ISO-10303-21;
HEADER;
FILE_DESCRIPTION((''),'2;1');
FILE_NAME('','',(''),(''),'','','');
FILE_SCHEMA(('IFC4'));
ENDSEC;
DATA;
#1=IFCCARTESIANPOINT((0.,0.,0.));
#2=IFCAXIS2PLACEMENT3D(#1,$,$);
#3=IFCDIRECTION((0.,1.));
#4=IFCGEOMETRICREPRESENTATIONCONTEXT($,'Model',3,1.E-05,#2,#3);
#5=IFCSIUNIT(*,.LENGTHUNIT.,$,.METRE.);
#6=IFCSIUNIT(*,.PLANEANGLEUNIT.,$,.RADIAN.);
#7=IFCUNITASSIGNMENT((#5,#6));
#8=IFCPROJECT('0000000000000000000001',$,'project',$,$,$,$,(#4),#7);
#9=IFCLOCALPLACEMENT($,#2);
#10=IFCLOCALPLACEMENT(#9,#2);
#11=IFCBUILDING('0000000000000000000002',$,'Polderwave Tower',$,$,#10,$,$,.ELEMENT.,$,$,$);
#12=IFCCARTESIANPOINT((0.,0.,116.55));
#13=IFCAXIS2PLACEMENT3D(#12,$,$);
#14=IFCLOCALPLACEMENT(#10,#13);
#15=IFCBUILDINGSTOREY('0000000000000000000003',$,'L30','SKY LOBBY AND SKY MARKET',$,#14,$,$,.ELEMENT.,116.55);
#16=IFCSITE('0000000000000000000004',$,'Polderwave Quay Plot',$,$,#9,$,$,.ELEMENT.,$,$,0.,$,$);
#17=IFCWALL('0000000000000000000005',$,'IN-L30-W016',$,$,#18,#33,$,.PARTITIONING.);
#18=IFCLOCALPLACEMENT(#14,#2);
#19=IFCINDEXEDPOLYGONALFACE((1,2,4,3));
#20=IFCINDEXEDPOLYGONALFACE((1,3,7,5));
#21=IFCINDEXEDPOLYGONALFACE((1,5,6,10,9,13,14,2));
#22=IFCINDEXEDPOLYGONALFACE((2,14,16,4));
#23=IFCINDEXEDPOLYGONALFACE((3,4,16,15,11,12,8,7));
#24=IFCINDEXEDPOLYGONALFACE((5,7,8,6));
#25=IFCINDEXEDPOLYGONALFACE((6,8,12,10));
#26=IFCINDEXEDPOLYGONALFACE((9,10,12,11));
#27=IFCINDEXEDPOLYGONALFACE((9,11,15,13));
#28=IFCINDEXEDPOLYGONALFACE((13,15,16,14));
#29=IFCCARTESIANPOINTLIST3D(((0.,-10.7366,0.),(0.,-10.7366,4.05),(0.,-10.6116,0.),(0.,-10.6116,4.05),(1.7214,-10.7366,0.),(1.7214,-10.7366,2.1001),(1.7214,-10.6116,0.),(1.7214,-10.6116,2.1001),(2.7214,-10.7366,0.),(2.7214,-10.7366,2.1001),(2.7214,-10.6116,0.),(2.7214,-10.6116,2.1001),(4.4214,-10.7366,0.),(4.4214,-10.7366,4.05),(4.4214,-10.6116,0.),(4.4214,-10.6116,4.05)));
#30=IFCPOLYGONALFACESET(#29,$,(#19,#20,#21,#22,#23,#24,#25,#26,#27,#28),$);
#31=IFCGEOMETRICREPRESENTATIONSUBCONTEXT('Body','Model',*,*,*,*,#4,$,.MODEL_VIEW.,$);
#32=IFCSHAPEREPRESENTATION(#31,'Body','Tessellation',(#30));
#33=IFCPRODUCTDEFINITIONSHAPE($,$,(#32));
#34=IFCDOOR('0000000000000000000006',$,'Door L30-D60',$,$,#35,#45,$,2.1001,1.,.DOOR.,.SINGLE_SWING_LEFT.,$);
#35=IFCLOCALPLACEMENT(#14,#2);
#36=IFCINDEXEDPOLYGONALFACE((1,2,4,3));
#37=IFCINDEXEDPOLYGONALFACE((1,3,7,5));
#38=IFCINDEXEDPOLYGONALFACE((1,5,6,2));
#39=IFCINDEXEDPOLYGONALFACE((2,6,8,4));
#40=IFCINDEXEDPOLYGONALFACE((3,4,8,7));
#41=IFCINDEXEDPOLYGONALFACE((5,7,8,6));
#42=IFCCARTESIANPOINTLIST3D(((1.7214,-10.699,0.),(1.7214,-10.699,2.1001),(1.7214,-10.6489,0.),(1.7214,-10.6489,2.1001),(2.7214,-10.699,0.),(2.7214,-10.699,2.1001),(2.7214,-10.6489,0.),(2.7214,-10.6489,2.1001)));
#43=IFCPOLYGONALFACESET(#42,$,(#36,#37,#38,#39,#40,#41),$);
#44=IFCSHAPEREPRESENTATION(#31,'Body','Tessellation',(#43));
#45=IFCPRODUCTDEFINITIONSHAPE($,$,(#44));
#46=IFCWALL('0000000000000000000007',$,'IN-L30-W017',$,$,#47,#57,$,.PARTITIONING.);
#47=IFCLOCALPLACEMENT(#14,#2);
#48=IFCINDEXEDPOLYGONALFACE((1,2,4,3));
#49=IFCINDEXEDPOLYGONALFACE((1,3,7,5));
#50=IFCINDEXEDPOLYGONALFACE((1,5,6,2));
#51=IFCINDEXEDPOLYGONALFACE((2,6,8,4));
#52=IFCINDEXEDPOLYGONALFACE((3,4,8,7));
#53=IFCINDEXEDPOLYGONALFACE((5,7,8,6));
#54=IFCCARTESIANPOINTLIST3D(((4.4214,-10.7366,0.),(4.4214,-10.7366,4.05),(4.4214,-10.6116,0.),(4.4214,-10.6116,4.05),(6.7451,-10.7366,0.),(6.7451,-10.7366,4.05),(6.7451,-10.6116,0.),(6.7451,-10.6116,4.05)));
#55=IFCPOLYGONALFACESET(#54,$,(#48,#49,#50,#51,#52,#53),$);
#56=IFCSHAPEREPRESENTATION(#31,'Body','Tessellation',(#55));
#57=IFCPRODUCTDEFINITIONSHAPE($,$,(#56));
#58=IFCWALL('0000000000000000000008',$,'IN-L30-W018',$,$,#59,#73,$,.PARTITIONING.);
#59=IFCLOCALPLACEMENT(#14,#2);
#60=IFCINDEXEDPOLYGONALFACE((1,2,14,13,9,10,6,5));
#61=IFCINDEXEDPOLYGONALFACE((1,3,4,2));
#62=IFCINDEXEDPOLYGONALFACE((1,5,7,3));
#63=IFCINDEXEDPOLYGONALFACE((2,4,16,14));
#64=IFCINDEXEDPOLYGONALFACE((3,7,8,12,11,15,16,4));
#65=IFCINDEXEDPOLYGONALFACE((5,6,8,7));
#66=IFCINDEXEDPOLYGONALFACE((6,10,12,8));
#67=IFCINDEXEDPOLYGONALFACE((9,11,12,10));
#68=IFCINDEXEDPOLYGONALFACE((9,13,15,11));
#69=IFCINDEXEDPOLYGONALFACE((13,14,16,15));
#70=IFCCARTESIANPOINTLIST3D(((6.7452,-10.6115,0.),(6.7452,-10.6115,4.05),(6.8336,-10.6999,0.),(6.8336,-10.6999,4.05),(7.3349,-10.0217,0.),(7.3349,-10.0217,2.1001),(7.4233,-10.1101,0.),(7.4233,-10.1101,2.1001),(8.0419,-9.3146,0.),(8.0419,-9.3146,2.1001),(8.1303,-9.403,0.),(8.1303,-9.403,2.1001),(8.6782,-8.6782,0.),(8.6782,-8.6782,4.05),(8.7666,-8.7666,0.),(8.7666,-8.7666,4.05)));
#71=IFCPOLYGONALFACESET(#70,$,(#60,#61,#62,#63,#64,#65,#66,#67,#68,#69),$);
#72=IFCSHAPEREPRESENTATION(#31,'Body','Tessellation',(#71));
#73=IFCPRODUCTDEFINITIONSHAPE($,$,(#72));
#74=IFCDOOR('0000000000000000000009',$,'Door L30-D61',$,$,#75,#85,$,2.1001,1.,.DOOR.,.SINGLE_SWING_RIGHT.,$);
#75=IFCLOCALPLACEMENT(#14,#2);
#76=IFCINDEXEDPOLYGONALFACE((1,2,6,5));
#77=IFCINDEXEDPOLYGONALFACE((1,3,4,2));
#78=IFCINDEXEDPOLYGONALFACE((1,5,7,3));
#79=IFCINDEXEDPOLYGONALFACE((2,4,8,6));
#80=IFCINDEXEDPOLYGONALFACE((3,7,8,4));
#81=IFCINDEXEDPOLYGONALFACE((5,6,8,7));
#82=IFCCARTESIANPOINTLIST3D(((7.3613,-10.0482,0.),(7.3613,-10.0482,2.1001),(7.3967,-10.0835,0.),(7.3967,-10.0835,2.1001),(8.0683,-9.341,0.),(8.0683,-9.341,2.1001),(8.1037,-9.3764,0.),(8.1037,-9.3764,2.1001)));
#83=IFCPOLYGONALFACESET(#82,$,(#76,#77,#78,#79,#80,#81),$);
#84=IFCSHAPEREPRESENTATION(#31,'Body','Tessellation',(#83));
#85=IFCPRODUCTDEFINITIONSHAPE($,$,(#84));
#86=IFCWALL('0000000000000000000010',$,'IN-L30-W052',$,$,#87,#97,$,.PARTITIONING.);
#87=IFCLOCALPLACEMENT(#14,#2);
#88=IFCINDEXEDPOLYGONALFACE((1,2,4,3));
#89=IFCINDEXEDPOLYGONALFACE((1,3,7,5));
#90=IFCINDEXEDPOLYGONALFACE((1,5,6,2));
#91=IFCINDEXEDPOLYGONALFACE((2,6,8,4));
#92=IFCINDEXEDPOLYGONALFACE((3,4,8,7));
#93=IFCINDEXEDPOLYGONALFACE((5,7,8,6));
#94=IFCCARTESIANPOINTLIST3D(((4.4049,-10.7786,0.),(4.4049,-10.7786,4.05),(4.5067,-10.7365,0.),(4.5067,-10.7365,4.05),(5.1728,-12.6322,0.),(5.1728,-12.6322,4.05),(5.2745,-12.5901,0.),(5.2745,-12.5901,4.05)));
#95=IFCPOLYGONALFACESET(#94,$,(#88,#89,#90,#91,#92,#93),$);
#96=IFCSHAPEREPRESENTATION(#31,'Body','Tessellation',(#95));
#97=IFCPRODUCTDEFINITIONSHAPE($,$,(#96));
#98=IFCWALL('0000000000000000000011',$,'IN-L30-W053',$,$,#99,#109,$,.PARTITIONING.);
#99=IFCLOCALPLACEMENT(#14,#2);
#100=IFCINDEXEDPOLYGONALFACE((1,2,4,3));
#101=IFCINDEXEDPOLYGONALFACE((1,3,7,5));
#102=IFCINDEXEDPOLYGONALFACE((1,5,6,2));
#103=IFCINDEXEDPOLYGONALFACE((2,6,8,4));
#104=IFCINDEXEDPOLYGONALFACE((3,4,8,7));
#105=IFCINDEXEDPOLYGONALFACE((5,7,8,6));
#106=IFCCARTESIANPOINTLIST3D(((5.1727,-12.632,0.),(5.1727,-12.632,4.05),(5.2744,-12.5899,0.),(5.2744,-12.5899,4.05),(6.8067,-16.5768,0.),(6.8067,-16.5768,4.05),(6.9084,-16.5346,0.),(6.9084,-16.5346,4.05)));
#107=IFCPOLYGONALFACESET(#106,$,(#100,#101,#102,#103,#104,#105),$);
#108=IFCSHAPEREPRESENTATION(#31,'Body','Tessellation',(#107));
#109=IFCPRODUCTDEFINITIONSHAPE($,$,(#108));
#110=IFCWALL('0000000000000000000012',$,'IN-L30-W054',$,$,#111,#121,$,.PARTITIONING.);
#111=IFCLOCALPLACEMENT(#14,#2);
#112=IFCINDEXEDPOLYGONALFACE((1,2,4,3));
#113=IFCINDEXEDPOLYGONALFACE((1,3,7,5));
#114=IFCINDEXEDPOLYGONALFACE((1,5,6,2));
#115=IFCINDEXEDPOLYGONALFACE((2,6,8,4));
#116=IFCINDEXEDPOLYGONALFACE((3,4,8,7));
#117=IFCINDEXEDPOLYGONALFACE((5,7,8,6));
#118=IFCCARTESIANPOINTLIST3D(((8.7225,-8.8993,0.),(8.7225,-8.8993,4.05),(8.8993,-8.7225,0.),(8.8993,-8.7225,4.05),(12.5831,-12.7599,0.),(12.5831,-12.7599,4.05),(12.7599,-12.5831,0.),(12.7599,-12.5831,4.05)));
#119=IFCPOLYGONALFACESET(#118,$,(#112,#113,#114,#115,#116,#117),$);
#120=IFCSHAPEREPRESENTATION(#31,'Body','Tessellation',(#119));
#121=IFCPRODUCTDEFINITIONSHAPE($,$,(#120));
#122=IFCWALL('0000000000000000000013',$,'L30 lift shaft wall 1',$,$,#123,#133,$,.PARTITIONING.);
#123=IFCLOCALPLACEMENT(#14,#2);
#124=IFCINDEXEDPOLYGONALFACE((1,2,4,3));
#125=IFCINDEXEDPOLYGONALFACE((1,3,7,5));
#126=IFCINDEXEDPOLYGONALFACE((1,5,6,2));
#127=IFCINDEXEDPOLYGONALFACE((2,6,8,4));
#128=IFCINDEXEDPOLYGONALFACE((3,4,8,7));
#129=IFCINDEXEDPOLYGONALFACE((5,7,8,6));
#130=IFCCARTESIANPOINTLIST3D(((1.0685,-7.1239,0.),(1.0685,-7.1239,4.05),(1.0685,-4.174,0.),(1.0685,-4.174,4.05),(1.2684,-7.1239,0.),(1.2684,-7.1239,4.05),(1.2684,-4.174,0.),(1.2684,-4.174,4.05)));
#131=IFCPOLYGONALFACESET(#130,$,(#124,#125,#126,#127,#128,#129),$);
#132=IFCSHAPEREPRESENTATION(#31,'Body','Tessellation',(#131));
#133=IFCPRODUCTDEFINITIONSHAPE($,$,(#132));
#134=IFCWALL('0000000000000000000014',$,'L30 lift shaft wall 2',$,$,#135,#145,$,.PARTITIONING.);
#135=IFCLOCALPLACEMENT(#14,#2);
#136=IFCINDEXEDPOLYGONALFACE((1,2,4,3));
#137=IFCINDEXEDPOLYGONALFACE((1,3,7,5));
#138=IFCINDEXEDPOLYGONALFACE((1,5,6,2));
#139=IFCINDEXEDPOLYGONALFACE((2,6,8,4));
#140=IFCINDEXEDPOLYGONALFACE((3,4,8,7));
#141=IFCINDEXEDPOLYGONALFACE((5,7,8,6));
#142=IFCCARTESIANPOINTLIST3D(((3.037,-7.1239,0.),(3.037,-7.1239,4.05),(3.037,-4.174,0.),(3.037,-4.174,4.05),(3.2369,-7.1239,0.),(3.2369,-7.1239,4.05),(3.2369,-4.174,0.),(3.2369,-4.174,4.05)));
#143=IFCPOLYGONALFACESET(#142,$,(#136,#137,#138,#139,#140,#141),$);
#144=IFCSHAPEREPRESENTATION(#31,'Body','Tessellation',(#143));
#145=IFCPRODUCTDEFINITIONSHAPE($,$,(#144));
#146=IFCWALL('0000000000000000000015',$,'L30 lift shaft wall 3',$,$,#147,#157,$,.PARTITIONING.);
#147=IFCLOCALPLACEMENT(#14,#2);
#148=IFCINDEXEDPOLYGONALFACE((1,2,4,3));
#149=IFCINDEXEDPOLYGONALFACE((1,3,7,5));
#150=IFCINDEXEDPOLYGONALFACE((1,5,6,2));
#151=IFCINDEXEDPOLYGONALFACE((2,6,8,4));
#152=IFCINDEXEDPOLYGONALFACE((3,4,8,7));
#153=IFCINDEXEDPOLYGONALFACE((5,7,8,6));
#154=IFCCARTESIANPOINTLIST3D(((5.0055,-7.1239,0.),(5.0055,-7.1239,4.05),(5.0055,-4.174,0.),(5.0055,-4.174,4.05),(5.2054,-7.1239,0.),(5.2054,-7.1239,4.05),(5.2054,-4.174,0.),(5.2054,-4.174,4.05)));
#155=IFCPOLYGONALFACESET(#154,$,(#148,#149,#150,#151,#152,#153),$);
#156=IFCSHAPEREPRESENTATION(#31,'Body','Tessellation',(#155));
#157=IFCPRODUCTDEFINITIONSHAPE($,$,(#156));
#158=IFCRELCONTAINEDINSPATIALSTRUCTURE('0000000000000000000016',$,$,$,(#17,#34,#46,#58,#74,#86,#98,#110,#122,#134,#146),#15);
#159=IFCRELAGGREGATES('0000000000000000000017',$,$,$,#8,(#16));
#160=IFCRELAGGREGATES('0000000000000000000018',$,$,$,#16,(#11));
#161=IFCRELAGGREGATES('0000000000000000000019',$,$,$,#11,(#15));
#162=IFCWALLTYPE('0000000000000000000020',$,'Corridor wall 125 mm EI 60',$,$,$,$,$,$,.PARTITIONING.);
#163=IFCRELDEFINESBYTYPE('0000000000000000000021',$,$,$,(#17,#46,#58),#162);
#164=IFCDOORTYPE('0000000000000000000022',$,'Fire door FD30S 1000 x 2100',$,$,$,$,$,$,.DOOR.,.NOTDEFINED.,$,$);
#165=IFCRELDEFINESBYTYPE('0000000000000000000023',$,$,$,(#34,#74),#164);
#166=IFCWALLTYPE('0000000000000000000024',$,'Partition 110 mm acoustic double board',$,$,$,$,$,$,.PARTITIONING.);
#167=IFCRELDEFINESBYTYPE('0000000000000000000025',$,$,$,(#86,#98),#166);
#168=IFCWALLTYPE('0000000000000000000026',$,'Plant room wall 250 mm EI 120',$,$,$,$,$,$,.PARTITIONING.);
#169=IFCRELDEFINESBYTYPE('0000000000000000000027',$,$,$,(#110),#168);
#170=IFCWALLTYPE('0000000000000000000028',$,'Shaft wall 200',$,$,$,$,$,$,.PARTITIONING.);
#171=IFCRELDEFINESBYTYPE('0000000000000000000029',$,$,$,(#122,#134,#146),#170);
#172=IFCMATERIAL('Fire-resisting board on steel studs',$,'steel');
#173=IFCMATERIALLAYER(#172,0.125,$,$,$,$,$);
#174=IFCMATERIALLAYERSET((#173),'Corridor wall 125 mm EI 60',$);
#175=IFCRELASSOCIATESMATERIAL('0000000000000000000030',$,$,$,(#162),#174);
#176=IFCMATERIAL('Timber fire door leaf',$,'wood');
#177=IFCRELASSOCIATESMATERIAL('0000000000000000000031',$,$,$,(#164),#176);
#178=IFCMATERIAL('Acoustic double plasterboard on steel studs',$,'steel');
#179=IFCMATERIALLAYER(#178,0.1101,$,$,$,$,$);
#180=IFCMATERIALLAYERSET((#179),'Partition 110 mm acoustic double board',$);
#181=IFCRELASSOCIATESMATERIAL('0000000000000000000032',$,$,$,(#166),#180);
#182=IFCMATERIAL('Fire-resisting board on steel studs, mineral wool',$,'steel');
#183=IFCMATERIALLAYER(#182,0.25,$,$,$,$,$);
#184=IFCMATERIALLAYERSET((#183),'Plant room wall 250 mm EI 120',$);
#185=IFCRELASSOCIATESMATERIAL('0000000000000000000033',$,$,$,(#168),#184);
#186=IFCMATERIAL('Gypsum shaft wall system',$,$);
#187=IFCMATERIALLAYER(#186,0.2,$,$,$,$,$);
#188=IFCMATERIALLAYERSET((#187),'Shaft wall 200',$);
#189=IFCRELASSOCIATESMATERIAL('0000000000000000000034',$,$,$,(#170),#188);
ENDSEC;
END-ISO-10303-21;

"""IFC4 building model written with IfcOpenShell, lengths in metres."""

from ifc_helpers import new_model, si_unit, direction, frame, frame_2d, origin, place, context, subcontext, project, spatial, rectangle, extrude, material, layer, layer_set, type_object, element, fill, save


model = new_model("IFC4")

# Units and contexts
model_context = context("Model", 3, precision=1e-05, world=origin(), true_north=direction((0.0, 1.0)))
body_context = subcontext(model_context, "Body", "Model", "MODEL_VIEW")
ifc_project = project(units=[si_unit("LENGTHUNIT", "METRE"), si_unit("PLANEANGLEUNIT", "RADIAN")], contexts=[model_context])

# Site, building, storey
site_placement = place(None, origin())
site = spatial("IfcSite", under=ifc_project, at=site_placement, Name="Polderwave Quay Plot", CompositionType="ELEMENT", RefElevation=0.0)
building_placement = place(site_placement, origin())
building = spatial("IfcBuilding", under=site, at=building_placement, Name="Polderwave Tower", CompositionType="ELEMENT")
storey_placement = place(building_placement, frame((0.0, 0.0, 116.55)))
storey = spatial("IfcBuildingStorey", under=building, at=storey_placement, Name="L30", Description="SKY LOBBY AND SKY MARKET", CompositionType="ELEMENT", Elevation=116.55)

# Wall, opening, door
ifc_material_1 = material(Name="Fire-resisting board on steel studs", Category="steel")
ifc_layer_1 = layer(ifc_material_1, 0.125)
ifc_layer_set_1 = layer_set([ifc_layer_1], Name="Corridor wall 125 mm EI 60")
wall_type_1 = type_object("IfcWallType", Name="Corridor wall 125 mm EI 60", PredefinedType="PARTITIONING", material=ifc_layer_set_1)
wall_1_placement = place(storey_placement, frame((4.4214, -10.6741, 0.0), z_axis=(0.0, 0.0, 1.0), x_axis=(-1.0, 0.0, 0.0)))
wall_1 = element("IfcWall", 1, at=wall_1_placement, inside=storey, type_object=wall_type_1, Name="IN-L30-W016", PredefinedType="PARTITIONING", context=body_context, shape_type="SweptSolid", body=[
    extrude(rectangle(XDim=4.4214, YDim=0.125, at=frame_2d((2.2107, 0.0))), origin(), (0.0, 0.0, 1.0), 4.05),
])
opening_1_placement = place(wall_1_placement, frame((1.7, 0.0, 0.0)))
opening_1 = element("IfcOpeningElement", 2, at=opening_1_placement, cuts=wall_1, PredefinedType="OPENING", context=body_context, shape_type="SweptSolid", body=[
    extrude(rectangle(XDim=1.0, YDim=2.1001, at=frame_2d((0.5, 1.05))), frame((0.0, 0.0725, 0.0), z_axis=(0.0, -1.0, 0.0), x_axis=(1.0, 0.0, 0.0)), (0.0, 0.0, 1.0), 0.145),
])
ifc_material_2 = material(Name="Timber fire door leaf", Category="wood")
door_type_1 = type_object("IfcDoorType", Name="Fire door FD30S 1000 x 2100", OperationType="NOTDEFINED", PredefinedType="DOOR", material=ifc_material_2)
door_1_placement = place(opening_1_placement, origin())
door_1 = element("IfcDoor", 3, at=door_1_placement, inside=storey, type_object=door_type_1, Name="Door L30-D60", OperationType="SINGLE_SWING_LEFT", OverallHeight=2.1001, OverallWidth=1.0, PredefinedType="DOOR", context=body_context, shape_type="SweptSolid", body=[
    extrude(rectangle(XDim=1.0, YDim=2.1001, at=frame_2d((0.5, 1.05))), frame((0.0, 0.0249, 0.0), z_axis=(0.0, -1.0, 0.0), x_axis=(1.0, 0.0, 0.0)), (0.0, 0.0, 1.0), 0.05),
])
fill(opening_1, door_1)

# Wall
wall_2_placement = place(storey_placement, frame((6.7451, -10.6741, 0.0), z_axis=(0.0, 0.0, 1.0), x_axis=(-1.0, 0.0, 0.0)))
element("IfcWall", 4, at=wall_2_placement, inside=storey, type_object=wall_type_1, Name="IN-L30-W017", PredefinedType="PARTITIONING", context=body_context, shape_type="SweptSolid", body=[
    extrude(rectangle(XDim=2.3237, YDim=0.125, at=frame_2d((1.1619, 0.0))), origin(), (0.0, 0.0, 1.0), 4.05),
])

# Wall, opening, door
wall_3_placement = place(storey_placement, frame((8.7224, -8.7224, 0.0), z_axis=(0.0, 0.0, 1.0), x_axis=(-0.707062, -0.707151, 0.0)))
wall_3 = element("IfcWall", 5, at=wall_3_placement, inside=storey, type_object=wall_type_1, Name="IN-L30-W018", PredefinedType="PARTITIONING", context=body_context, shape_type="SweptSolid", body=[
    extrude(rectangle(XDim=2.7339, YDim=0.125, at=frame_2d((1.3669, 0.0))), origin(), (0.0, 0.0, 1.0), 4.05),
])
opening_2_placement = place(wall_3_placement, frame((0.8999, 0.0, 0.0)))
opening_2 = element("IfcOpeningElement", 6, at=opening_2_placement, cuts=wall_3, PredefinedType="OPENING", context=body_context, shape_type="SweptSolid", body=[
    extrude(rectangle(XDim=1.0, YDim=2.1001, at=frame_2d((0.5, 1.05))), frame((0.0, 0.0725, 0.0), z_axis=(0.0, -1.0, 0.0), x_axis=(1.0, 0.0, 0.0)), (0.0, 0.0, 1.0), 0.145),
])
door_2_placement = place(opening_2_placement, origin())
door_2 = element("IfcDoor", 7, at=door_2_placement, inside=storey, type_object=door_type_1, Name="Door L30-D61", OperationType="SINGLE_SWING_RIGHT", OverallHeight=2.1001, OverallWidth=1.0, PredefinedType="DOOR", context=body_context, shape_type="SweptSolid", body=[
    extrude(rectangle(XDim=1.0, YDim=2.1001, at=frame_2d((0.5, 1.05))), frame((0.0, 0.0249, 0.0), z_axis=(0.0, -1.0, 0.0), x_axis=(1.0, 0.0, 0.0)), (0.0, 0.0, 1.0), 0.05),
])
fill(opening_2, door_2)

# Walls
ifc_material_3 = material(Name="Acoustic double plasterboard on steel studs", Category="steel")
ifc_layer_2 = layer(ifc_material_3, 0.1101)
ifc_layer_set_2 = layer_set([ifc_layer_2], Name="Partition 110 mm acoustic double board")
wall_type_2 = type_object("IfcWallType", Name="Partition 110 mm acoustic double board", PredefinedType="PARTITIONING", material=ifc_layer_set_2)
wall_4_placement = place(storey_placement, frame((4.4558, -10.7576, 0.0), z_axis=(0.0, 0.0, 1.0), x_axis=(0.382714, -0.923867, 0.0)))
element("IfcWall", 8, at=wall_4_placement, inside=storey, type_object=wall_type_2, Name="IN-L30-W052", PredefinedType="PARTITIONING", context=body_context, shape_type="SweptSolid", body=[
    extrude(rectangle(XDim=2.0063, YDim=0.1101, at=frame_2d((1.0032, 0.0))), origin(), (0.0, 0.0, 1.0), 4.05),
])
wall_5_placement = place(storey_placement, frame((5.2236, -12.6111, 0.0), z_axis=(0.0, 0.0, 1.0), x_axis=(0.38269, -0.923877, 0.0)))
element("IfcWall", 9, at=wall_5_placement, inside=storey, type_object=wall_type_2, Name="IN-L30-W053", PredefinedType="PARTITIONING", context=body_context, shape_type="SweptSolid", body=[
    extrude(rectangle(XDim=4.2698, YDim=0.1101, at=frame_2d((2.1348, 0.0))), origin(), (0.0, 0.0, 1.0), 4.05),
])
ifc_material_4 = material(Name="Fire-resisting board on steel studs, mineral wool", Category="steel")
ifc_layer_3 = layer(ifc_material_4, 0.25)
ifc_layer_set_3 = layer_set([ifc_layer_3], Name="Plant room wall 250 mm EI 120")
wall_type_3 = type_object("IfcWallType", Name="Plant room wall 250 mm EI 120", PredefinedType="PARTITIONING", material=ifc_layer_set_3)
wall_6_placement = place(storey_placement, frame((8.8108, -8.8108, 0.0), z_axis=(0.0, 0.0, 1.0), x_axis=(0.707107, -0.707107, 0.0)))
element("IfcWall", 10, at=wall_6_placement, inside=storey, type_object=wall_type_3, Name="IN-L30-W054", PredefinedType="PARTITIONING", context=body_context, shape_type="SweptSolid", body=[
    extrude(rectangle(XDim=5.4597, YDim=0.25, at=frame_2d((2.73, 0.0))), origin(), (0.0, 0.0, 1.0), 4.05),
])
ifc_material_5 = material(Name="Gypsum shaft wall system")
ifc_layer_4 = layer(ifc_material_5, 0.2)
ifc_layer_set_4 = layer_set([ifc_layer_4], Name="Shaft wall 200")
wall_type_4 = type_object("IfcWallType", Name="Shaft wall 200", PredefinedType="PARTITIONING", material=ifc_layer_set_4)
for number, where, z_axis, x_axis, name in (
    (11, (1.1685, -7.124, 0.0), (0.0, 0.0, 1.0), (0.0, 1.0, 0.0), "L30 lift shaft wall 1"),
    (12, (3.137, -7.124, 0.0), (0.0, 0.0, 1.0), (0.0, 1.0, 0.0), "L30 lift shaft wall 2"),
    (13, (5.1055, -7.124, 0.0), (0.0, 0.0, 1.0), (0.0, 1.0, 0.0), "L30 lift shaft wall 3"),
):
    element("IfcWall", number, at=place(storey_placement, frame(where, z_axis=z_axis, x_axis=x_axis)), inside=storey, type_object=wall_type_4, Name=name, PredefinedType="PARTITIONING", context=body_context, shape_type="SweptSolid", body=[
        extrude(rectangle(XDim=2.95, YDim=0.2, at=frame_2d((1.4751, 0.0))), origin(), (0.0, 0.0, 1.0), 4.05),
    ])

save(model, "model.ifc")
